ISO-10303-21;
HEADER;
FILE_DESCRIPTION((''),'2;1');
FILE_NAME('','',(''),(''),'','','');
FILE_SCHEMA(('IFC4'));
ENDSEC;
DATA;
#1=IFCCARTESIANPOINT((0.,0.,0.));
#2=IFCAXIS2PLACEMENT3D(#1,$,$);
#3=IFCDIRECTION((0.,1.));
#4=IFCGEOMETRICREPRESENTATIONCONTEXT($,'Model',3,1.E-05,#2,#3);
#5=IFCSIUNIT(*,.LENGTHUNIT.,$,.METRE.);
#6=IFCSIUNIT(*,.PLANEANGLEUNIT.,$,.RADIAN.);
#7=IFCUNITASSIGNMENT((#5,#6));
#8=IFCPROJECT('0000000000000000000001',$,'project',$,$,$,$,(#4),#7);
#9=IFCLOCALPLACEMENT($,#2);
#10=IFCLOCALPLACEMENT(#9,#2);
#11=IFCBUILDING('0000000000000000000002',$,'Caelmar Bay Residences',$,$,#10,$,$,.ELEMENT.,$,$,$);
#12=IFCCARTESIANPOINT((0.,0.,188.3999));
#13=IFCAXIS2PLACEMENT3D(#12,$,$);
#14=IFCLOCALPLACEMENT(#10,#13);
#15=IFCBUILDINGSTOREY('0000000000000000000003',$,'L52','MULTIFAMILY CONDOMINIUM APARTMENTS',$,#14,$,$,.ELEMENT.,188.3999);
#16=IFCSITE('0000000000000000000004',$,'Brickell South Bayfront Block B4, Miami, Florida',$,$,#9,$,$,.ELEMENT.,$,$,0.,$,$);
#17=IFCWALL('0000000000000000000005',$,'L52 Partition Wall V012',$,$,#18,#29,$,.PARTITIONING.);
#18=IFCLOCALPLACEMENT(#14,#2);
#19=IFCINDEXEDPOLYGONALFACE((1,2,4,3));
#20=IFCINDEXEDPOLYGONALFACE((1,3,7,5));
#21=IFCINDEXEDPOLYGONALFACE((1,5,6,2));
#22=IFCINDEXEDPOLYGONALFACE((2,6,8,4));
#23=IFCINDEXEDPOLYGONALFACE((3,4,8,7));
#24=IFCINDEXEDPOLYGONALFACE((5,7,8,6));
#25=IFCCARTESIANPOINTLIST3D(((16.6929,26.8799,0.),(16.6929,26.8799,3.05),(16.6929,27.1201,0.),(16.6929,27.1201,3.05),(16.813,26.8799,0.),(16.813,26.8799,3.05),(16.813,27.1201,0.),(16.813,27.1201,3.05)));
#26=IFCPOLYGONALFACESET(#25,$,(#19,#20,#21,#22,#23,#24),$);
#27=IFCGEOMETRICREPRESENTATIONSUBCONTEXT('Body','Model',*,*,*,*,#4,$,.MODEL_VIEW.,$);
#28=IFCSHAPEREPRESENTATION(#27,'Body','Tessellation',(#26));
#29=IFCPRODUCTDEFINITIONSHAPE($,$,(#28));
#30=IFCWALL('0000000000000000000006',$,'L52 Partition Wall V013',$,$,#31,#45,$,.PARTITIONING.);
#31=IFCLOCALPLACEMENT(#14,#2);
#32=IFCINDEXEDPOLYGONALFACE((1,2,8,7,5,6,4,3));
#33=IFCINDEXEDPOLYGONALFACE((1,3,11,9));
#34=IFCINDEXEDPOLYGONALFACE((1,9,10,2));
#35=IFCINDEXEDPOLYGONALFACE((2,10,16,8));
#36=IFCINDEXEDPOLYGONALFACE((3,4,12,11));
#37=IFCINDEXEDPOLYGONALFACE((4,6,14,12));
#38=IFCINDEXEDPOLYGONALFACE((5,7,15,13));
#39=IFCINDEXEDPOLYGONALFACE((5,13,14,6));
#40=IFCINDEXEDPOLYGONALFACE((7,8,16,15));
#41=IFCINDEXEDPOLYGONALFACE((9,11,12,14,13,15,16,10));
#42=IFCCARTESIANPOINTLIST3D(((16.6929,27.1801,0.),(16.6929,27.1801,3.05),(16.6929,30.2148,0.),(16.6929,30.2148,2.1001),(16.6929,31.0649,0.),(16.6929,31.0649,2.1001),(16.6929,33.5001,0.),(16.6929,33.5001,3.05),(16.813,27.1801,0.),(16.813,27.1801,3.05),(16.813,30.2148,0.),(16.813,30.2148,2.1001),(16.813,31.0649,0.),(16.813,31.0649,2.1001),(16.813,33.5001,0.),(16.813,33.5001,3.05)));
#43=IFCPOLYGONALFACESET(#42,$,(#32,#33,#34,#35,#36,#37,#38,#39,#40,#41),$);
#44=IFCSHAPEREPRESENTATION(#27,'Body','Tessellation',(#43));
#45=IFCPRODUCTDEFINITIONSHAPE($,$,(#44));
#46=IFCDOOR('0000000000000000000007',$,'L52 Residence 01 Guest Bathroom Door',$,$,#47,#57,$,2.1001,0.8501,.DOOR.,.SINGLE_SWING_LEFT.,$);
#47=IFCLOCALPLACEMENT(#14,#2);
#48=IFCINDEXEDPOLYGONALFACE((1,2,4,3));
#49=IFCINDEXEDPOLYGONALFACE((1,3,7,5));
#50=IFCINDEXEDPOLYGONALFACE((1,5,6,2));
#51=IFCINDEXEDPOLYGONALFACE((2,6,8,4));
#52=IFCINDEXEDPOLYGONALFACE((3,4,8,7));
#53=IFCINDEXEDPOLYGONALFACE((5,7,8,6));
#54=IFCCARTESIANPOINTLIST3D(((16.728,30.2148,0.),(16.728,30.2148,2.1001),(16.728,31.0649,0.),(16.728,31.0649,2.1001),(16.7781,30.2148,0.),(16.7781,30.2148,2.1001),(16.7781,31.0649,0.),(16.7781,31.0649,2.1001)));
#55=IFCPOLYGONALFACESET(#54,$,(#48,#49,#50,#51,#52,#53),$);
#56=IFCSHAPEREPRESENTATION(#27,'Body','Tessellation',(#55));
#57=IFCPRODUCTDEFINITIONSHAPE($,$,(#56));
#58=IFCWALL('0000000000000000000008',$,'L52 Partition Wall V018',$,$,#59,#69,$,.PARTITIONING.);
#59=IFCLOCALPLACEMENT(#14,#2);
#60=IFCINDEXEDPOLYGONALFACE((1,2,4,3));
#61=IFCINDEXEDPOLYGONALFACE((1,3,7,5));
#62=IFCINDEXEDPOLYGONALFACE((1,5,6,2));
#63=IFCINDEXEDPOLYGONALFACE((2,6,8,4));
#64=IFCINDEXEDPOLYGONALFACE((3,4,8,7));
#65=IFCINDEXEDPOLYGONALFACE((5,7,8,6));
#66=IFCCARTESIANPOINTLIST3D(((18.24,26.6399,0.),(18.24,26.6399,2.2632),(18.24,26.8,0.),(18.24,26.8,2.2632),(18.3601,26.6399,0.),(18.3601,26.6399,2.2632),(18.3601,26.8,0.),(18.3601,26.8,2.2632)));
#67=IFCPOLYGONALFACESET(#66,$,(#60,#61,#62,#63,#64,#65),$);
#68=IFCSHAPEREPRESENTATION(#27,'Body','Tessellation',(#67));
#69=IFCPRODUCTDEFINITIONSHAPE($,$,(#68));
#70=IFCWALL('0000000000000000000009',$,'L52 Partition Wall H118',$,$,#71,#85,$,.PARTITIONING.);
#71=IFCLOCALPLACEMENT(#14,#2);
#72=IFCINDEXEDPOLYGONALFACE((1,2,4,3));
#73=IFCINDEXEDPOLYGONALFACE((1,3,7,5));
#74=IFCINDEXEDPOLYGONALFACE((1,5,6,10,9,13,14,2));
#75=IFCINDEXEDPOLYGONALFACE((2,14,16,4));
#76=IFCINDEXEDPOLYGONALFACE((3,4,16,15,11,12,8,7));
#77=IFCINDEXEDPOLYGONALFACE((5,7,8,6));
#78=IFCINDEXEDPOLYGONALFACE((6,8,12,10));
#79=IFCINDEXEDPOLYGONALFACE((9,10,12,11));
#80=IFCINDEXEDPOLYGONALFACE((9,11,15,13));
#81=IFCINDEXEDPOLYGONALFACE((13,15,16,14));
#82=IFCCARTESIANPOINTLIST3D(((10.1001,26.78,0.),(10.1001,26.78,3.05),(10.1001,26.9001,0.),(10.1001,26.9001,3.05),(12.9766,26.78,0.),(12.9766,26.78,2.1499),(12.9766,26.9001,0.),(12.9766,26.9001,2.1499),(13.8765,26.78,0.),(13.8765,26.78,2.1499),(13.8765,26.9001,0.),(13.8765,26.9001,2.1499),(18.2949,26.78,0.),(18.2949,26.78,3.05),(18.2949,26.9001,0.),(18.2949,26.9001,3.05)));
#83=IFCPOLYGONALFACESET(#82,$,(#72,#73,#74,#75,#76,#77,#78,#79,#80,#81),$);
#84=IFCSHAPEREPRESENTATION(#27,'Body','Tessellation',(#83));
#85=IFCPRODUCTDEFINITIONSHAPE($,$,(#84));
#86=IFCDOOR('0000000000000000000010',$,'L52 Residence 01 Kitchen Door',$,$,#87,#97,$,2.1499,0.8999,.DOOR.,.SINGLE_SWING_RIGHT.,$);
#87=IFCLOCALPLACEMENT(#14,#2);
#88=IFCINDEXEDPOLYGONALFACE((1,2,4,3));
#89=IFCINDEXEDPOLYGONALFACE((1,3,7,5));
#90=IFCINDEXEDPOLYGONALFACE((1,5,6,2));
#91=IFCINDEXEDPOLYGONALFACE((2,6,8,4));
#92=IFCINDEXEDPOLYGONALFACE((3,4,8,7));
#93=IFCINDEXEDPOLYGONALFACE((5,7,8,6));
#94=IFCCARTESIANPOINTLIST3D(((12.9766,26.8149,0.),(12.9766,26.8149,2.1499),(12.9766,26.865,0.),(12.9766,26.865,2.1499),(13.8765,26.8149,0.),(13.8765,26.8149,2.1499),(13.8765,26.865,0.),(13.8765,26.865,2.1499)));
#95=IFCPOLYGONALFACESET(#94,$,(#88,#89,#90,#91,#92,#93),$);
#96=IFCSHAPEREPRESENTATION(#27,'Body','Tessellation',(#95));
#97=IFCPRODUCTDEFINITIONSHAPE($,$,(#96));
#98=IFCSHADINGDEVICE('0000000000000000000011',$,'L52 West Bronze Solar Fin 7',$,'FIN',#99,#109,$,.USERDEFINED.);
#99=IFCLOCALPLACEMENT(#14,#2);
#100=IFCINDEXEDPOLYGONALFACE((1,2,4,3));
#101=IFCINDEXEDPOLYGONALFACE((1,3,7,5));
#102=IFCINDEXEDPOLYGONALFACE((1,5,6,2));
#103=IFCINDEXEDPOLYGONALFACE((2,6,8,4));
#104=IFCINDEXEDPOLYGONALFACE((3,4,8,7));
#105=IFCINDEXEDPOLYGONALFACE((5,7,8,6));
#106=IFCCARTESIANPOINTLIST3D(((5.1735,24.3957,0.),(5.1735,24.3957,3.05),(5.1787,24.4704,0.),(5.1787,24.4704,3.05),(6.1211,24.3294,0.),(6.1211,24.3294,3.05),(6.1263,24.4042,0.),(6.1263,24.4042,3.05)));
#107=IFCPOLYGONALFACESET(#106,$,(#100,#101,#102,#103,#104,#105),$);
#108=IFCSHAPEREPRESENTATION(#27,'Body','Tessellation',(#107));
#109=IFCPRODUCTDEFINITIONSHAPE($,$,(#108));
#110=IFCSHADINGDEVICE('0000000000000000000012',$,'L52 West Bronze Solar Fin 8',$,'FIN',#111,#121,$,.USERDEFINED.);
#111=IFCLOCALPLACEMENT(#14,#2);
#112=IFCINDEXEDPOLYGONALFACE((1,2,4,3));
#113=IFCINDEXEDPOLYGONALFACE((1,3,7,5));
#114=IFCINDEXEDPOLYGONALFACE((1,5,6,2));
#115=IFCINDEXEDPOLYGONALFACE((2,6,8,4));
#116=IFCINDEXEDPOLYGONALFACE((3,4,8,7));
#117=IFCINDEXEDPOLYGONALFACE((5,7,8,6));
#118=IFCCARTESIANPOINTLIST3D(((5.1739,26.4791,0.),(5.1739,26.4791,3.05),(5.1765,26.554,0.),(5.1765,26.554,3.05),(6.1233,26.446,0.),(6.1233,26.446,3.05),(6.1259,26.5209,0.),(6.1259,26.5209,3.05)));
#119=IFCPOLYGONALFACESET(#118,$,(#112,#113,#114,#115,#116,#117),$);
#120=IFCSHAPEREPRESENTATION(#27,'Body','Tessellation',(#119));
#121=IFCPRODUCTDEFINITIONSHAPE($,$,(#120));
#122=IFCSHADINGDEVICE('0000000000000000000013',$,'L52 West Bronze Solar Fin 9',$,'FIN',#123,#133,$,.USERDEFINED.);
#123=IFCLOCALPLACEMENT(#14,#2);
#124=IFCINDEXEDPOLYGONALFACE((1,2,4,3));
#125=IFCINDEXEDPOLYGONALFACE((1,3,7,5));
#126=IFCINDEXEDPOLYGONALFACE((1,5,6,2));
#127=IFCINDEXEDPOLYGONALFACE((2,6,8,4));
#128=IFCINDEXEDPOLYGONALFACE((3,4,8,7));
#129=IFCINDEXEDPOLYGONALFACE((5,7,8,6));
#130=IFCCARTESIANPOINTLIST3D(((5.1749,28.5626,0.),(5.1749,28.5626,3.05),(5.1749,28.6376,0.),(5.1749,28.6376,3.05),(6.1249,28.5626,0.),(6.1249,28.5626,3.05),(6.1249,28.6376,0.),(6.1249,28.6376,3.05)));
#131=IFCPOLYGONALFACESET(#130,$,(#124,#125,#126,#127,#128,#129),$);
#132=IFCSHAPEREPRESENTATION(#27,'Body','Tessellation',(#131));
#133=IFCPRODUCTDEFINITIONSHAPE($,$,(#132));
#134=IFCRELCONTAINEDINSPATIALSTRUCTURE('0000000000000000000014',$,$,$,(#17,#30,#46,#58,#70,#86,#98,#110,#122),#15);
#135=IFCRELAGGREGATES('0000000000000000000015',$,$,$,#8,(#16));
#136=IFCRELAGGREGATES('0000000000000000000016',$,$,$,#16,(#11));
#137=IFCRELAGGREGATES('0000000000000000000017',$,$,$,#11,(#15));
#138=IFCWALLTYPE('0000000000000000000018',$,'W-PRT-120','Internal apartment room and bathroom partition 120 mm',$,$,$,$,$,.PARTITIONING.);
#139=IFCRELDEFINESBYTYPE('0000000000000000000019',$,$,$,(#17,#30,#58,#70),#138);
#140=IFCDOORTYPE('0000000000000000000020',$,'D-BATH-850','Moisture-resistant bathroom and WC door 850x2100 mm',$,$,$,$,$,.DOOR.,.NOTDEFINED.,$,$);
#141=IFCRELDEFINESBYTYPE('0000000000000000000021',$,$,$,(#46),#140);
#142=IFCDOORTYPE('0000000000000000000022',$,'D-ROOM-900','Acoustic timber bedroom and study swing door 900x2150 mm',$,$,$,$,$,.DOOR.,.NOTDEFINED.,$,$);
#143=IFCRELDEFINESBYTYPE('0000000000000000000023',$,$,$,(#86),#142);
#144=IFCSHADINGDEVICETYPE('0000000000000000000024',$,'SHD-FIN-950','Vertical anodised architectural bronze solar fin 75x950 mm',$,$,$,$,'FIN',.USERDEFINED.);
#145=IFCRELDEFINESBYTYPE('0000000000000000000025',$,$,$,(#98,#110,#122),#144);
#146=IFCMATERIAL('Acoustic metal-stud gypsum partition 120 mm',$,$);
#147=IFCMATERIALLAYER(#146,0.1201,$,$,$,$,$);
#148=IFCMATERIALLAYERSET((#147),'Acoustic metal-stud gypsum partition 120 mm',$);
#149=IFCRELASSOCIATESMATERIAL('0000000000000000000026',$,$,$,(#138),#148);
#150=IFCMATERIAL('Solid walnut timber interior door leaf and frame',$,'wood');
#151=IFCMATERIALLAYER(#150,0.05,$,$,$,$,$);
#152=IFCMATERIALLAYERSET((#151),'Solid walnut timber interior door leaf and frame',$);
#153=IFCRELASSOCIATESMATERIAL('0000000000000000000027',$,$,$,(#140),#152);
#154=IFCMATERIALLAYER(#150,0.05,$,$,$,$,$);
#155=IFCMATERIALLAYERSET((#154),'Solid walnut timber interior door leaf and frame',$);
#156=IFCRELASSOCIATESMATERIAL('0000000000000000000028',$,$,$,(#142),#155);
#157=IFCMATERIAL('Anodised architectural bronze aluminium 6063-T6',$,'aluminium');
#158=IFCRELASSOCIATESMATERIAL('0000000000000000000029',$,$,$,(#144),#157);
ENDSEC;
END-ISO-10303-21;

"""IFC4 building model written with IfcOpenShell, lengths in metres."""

from ifc_helpers import new_model, si_unit, direction, frame, frame_2d, origin, origin_2d, place, context, subcontext, project, spatial, rectangle, extrude, material, layer, layer_set, material_profile, profile_set, type_object, element, fill, save


model = new_model("IFC4")

# Units and contexts
model_context = context("Model", 3, precision=1e-05, world=origin(), true_north=direction((0.0, 1.0)))
body_context = subcontext(model_context, "Body", "Model", "MODEL_VIEW")
ifc_project = project(units=[si_unit("LENGTHUNIT", "METRE"), si_unit("PLANEANGLEUNIT", "RADIAN")], contexts=[model_context])

# Site, building, storey
site_placement = place(None, origin())
site = spatial("IfcSite", under=ifc_project, at=site_placement, Name="Brickell South Bayfront Block B4, Miami, Florida", CompositionType="ELEMENT", RefElevation=0.0)
building_placement = place(site_placement, origin())
building = spatial("IfcBuilding", under=site, at=building_placement, Name="Caelmar Bay Residences", CompositionType="ELEMENT")
storey_placement = place(building_placement, frame((0.0, 0.0, 188.3999)))
storey = spatial("IfcBuildingStorey", under=building, at=storey_placement, Name="L52", Description="MULTIFAMILY CONDOMINIUM APARTMENTS", CompositionType="ELEMENT", Elevation=188.3999)

# Wall
ifc_material_1 = material(Name="Acoustic metal-stud gypsum partition 120 mm")
ifc_layer_1 = layer(ifc_material_1, 0.1201)
ifc_layer_set_1 = layer_set([ifc_layer_1], Name="Acoustic metal-stud gypsum partition 120 mm")
wall_type_1 = type_object("IfcWallType", Name="W-PRT-120", Description="Internal apartment room and bathroom partition 120 mm", PredefinedType="PARTITIONING", material=ifc_layer_set_1)
wall_1_placement = place(storey_placement, frame((16.7529, 26.8799, 0.0), z_axis=(0.0, 0.0, 1.0), x_axis=(0.0, 1.0, 0.0)))
element("IfcWall", 1, at=wall_1_placement, inside=storey, type_object=wall_type_1, Name="L52 Partition Wall V012", PredefinedType="PARTITIONING", context=body_context, shape_type="SweptSolid", body=[
    extrude(rectangle(XDim=0.2402, YDim=0.1201, at=frame_2d((0.1201, 0.0))), origin(), (0.0, 0.0, 1.0), 3.05),
])

# Wall, opening, door
wall_2_placement = place(storey_placement, frame((16.7529, 27.1799, 0.0), z_axis=(0.0, 0.0, 1.0), x_axis=(0.0, 1.0, 0.0)))
wall_2 = element("IfcWall", 2, at=wall_2_placement, inside=storey, type_object=wall_type_1, Name="L52 Partition Wall V013", PredefinedType="PARTITIONING", context=body_context, shape_type="SweptSolid", body=[
    extrude(rectangle(XDim=6.3201, YDim=0.1201, at=frame_2d((3.1602, 0.0))), origin(), (0.0, 0.0, 1.0), 3.05),
])
opening_1_placement = place(wall_2_placement, frame((3.0349, 0.0, 0.0)))
opening_1 = element("IfcOpeningElement", 3, at=opening_1_placement, cuts=wall_2, PredefinedType="OPENING", context=body_context, shape_type="SweptSolid", body=[
    extrude(rectangle(XDim=0.8501, YDim=2.1001, at=frame_2d((0.425, 1.05))), frame((0.0, 0.0701, 0.0), z_axis=(0.0, -1.0, 0.0), x_axis=(1.0, 0.0, 0.0)), (0.0, 0.0, 1.0), 0.1401),
])
ifc_material_2 = material(Name="Solid walnut timber interior door leaf and frame", Category="wood")
ifc_layer_2 = layer(ifc_material_2, 0.05)
ifc_layer_set_2 = layer_set([ifc_layer_2], Name="Solid walnut timber interior door leaf and frame")
door_type_1 = type_object("IfcDoorType", Name="D-BATH-850", Description="Moisture-resistant bathroom and WC door 850x2100 mm", OperationType="NOTDEFINED", PredefinedType="DOOR", material=ifc_layer_set_2)
door_1_placement = place(opening_1_placement, origin())
door_1 = element("IfcDoor", 4, at=door_1_placement, inside=storey, type_object=door_type_1, Name="L52 Residence 01 Guest Bathroom Door", OperationType="SINGLE_SWING_LEFT", OverallHeight=2.1001, OverallWidth=0.8501, PredefinedType="DOOR", context=body_context, shape_type="SweptSolid", body=[
    extrude(rectangle(XDim=0.8501, YDim=2.1001, at=frame_2d((0.425, 1.05))), frame((0.0, 0.0249, 0.0), z_axis=(0.0, -1.0, 0.0), x_axis=(1.0, 0.0, 0.0)), (0.0, 0.0, 1.0), 0.05),
])
fill(opening_1, door_1)

# Wall
wall_3_placement = place(storey_placement, frame((18.3, 26.6399, 0.0), z_axis=(0.0, 0.0, 1.0), x_axis=(0.0, 1.0, 0.0)))
element("IfcWall", 5, at=wall_3_placement, inside=storey, type_object=wall_type_1, Name="L52 Partition Wall V018", PredefinedType="PARTITIONING", context=body_context, shape_type="SweptSolid", body=[
    extrude(rectangle(XDim=0.1602, YDim=0.1201, at=frame_2d((0.0801, 0.0))), origin(), (0.0, 0.0, 1.0), 2.2632),
])

# Wall, opening, door
wall_4_placement = place(storey_placement, frame((10.1001, 26.8401, 0.0), z_axis=(0.0, 0.0, 1.0), x_axis=(1.0, 0.0, 0.0)))
wall_4 = element("IfcWall", 6, at=wall_4_placement, inside=storey, type_object=wall_type_1, Name="L52 Partition Wall H118", PredefinedType="PARTITIONING", context=body_context, shape_type="SweptSolid", body=[
    extrude(rectangle(XDim=8.1948, YDim=0.1201, at=frame_2d((4.0974, 0.0))), origin(), (0.0, 0.0, 1.0), 3.05),
])
opening_2_placement = place(wall_4_placement, frame((2.8765, 0.0, 0.0)))
opening_2 = element("IfcOpeningElement", 7, at=opening_2_placement, cuts=wall_4, PredefinedType="OPENING", context=body_context, shape_type="SweptSolid", body=[
    extrude(rectangle(XDim=0.8999, YDim=2.1499, at=frame_2d((0.45, 1.075))), frame((0.0, 0.0701, 0.0), z_axis=(0.0, -1.0, 0.0), x_axis=(1.0, 0.0, 0.0)), (0.0, 0.0, 1.0), 0.1401),
])
ifc_layer_3 = layer(ifc_material_2, 0.05)
ifc_layer_set_3 = layer_set([ifc_layer_3], Name="Solid walnut timber interior door leaf and frame")
door_type_2 = type_object("IfcDoorType", Name="D-ROOM-900", Description="Acoustic timber bedroom and study swing door 900x2150 mm", OperationType="NOTDEFINED", PredefinedType="DOOR", material=ifc_layer_set_3)
door_2_placement = place(opening_2_placement, origin())
door_2 = element("IfcDoor", 8, at=door_2_placement, inside=storey, type_object=door_type_2, Name="L52 Residence 01 Kitchen Door", OperationType="SINGLE_SWING_RIGHT", OverallHeight=2.1499, OverallWidth=0.8999, PredefinedType="DOOR", context=body_context, shape_type="SweptSolid", body=[
    extrude(rectangle(XDim=0.8999, YDim=2.1499, at=frame_2d((0.45, 1.075))), frame((0.0, 0.0249, 0.0), z_axis=(0.0, -1.0, 0.0), x_axis=(1.0, 0.0, 0.0)), (0.0, 0.0, 1.0), 0.05),
])
fill(opening_2, door_2)

# Shading devices
ifc_material_3 = material(Name="Anodised architectural bronze aluminium 6063-T6", Category="aluminium")
ifc_material_profile_1 = material_profile(ifc_material_3, rectangle(XDim=0.075, YDim=0.95, at=origin_2d()), Name="BRONZE-FIN-75X950")
ifc_profile_set_1 = profile_set([ifc_material_profile_1], Name="Anodised architectural bronze aluminium 6063-T6")
shading_device_type = type_object("IfcShadingDeviceType", Name="SHD-FIN-950", Description="Vertical anodised architectural bronze solar fin 75x950 mm", ElementType="FIN", PredefinedType="USERDEFINED", material=ifc_profile_set_1)
for number, where, z_axis, x_axis, name in (
    (9, (5.6499, 24.3999, 0.0), (0.0, 0.0, 1.0), (0.069756, 0.997564, 0.0), "L52 West Bronze Solar Fin 7"),
    (10, (5.6499, 26.5, 0.0), (0.0, 0.0, 1.0), (0.034899, 0.999391, 0.0), "L52 West Bronze Solar Fin 8"),
    (11, (5.6499, 28.6001, 0.0), (0.0, 0.0, 1.0), (0.0, 1.0, 0.0), "L52 West Bronze Solar Fin 9"),
):
    element("IfcShadingDevice", number, at=place(storey_placement, frame(where, z_axis=z_axis, x_axis=x_axis)), inside=storey, type_object=shading_device_type, Name=name, ObjectType="FIN", PredefinedType="USERDEFINED", context=body_context, shape_type="SweptSolid", body=[
        extrude(rectangle(XDim=0.075, YDim=0.95, at=origin_2d()), origin(), (0.0, 0.0, 1.0), 3.05),
    ])

save(model, "model.ifc")
